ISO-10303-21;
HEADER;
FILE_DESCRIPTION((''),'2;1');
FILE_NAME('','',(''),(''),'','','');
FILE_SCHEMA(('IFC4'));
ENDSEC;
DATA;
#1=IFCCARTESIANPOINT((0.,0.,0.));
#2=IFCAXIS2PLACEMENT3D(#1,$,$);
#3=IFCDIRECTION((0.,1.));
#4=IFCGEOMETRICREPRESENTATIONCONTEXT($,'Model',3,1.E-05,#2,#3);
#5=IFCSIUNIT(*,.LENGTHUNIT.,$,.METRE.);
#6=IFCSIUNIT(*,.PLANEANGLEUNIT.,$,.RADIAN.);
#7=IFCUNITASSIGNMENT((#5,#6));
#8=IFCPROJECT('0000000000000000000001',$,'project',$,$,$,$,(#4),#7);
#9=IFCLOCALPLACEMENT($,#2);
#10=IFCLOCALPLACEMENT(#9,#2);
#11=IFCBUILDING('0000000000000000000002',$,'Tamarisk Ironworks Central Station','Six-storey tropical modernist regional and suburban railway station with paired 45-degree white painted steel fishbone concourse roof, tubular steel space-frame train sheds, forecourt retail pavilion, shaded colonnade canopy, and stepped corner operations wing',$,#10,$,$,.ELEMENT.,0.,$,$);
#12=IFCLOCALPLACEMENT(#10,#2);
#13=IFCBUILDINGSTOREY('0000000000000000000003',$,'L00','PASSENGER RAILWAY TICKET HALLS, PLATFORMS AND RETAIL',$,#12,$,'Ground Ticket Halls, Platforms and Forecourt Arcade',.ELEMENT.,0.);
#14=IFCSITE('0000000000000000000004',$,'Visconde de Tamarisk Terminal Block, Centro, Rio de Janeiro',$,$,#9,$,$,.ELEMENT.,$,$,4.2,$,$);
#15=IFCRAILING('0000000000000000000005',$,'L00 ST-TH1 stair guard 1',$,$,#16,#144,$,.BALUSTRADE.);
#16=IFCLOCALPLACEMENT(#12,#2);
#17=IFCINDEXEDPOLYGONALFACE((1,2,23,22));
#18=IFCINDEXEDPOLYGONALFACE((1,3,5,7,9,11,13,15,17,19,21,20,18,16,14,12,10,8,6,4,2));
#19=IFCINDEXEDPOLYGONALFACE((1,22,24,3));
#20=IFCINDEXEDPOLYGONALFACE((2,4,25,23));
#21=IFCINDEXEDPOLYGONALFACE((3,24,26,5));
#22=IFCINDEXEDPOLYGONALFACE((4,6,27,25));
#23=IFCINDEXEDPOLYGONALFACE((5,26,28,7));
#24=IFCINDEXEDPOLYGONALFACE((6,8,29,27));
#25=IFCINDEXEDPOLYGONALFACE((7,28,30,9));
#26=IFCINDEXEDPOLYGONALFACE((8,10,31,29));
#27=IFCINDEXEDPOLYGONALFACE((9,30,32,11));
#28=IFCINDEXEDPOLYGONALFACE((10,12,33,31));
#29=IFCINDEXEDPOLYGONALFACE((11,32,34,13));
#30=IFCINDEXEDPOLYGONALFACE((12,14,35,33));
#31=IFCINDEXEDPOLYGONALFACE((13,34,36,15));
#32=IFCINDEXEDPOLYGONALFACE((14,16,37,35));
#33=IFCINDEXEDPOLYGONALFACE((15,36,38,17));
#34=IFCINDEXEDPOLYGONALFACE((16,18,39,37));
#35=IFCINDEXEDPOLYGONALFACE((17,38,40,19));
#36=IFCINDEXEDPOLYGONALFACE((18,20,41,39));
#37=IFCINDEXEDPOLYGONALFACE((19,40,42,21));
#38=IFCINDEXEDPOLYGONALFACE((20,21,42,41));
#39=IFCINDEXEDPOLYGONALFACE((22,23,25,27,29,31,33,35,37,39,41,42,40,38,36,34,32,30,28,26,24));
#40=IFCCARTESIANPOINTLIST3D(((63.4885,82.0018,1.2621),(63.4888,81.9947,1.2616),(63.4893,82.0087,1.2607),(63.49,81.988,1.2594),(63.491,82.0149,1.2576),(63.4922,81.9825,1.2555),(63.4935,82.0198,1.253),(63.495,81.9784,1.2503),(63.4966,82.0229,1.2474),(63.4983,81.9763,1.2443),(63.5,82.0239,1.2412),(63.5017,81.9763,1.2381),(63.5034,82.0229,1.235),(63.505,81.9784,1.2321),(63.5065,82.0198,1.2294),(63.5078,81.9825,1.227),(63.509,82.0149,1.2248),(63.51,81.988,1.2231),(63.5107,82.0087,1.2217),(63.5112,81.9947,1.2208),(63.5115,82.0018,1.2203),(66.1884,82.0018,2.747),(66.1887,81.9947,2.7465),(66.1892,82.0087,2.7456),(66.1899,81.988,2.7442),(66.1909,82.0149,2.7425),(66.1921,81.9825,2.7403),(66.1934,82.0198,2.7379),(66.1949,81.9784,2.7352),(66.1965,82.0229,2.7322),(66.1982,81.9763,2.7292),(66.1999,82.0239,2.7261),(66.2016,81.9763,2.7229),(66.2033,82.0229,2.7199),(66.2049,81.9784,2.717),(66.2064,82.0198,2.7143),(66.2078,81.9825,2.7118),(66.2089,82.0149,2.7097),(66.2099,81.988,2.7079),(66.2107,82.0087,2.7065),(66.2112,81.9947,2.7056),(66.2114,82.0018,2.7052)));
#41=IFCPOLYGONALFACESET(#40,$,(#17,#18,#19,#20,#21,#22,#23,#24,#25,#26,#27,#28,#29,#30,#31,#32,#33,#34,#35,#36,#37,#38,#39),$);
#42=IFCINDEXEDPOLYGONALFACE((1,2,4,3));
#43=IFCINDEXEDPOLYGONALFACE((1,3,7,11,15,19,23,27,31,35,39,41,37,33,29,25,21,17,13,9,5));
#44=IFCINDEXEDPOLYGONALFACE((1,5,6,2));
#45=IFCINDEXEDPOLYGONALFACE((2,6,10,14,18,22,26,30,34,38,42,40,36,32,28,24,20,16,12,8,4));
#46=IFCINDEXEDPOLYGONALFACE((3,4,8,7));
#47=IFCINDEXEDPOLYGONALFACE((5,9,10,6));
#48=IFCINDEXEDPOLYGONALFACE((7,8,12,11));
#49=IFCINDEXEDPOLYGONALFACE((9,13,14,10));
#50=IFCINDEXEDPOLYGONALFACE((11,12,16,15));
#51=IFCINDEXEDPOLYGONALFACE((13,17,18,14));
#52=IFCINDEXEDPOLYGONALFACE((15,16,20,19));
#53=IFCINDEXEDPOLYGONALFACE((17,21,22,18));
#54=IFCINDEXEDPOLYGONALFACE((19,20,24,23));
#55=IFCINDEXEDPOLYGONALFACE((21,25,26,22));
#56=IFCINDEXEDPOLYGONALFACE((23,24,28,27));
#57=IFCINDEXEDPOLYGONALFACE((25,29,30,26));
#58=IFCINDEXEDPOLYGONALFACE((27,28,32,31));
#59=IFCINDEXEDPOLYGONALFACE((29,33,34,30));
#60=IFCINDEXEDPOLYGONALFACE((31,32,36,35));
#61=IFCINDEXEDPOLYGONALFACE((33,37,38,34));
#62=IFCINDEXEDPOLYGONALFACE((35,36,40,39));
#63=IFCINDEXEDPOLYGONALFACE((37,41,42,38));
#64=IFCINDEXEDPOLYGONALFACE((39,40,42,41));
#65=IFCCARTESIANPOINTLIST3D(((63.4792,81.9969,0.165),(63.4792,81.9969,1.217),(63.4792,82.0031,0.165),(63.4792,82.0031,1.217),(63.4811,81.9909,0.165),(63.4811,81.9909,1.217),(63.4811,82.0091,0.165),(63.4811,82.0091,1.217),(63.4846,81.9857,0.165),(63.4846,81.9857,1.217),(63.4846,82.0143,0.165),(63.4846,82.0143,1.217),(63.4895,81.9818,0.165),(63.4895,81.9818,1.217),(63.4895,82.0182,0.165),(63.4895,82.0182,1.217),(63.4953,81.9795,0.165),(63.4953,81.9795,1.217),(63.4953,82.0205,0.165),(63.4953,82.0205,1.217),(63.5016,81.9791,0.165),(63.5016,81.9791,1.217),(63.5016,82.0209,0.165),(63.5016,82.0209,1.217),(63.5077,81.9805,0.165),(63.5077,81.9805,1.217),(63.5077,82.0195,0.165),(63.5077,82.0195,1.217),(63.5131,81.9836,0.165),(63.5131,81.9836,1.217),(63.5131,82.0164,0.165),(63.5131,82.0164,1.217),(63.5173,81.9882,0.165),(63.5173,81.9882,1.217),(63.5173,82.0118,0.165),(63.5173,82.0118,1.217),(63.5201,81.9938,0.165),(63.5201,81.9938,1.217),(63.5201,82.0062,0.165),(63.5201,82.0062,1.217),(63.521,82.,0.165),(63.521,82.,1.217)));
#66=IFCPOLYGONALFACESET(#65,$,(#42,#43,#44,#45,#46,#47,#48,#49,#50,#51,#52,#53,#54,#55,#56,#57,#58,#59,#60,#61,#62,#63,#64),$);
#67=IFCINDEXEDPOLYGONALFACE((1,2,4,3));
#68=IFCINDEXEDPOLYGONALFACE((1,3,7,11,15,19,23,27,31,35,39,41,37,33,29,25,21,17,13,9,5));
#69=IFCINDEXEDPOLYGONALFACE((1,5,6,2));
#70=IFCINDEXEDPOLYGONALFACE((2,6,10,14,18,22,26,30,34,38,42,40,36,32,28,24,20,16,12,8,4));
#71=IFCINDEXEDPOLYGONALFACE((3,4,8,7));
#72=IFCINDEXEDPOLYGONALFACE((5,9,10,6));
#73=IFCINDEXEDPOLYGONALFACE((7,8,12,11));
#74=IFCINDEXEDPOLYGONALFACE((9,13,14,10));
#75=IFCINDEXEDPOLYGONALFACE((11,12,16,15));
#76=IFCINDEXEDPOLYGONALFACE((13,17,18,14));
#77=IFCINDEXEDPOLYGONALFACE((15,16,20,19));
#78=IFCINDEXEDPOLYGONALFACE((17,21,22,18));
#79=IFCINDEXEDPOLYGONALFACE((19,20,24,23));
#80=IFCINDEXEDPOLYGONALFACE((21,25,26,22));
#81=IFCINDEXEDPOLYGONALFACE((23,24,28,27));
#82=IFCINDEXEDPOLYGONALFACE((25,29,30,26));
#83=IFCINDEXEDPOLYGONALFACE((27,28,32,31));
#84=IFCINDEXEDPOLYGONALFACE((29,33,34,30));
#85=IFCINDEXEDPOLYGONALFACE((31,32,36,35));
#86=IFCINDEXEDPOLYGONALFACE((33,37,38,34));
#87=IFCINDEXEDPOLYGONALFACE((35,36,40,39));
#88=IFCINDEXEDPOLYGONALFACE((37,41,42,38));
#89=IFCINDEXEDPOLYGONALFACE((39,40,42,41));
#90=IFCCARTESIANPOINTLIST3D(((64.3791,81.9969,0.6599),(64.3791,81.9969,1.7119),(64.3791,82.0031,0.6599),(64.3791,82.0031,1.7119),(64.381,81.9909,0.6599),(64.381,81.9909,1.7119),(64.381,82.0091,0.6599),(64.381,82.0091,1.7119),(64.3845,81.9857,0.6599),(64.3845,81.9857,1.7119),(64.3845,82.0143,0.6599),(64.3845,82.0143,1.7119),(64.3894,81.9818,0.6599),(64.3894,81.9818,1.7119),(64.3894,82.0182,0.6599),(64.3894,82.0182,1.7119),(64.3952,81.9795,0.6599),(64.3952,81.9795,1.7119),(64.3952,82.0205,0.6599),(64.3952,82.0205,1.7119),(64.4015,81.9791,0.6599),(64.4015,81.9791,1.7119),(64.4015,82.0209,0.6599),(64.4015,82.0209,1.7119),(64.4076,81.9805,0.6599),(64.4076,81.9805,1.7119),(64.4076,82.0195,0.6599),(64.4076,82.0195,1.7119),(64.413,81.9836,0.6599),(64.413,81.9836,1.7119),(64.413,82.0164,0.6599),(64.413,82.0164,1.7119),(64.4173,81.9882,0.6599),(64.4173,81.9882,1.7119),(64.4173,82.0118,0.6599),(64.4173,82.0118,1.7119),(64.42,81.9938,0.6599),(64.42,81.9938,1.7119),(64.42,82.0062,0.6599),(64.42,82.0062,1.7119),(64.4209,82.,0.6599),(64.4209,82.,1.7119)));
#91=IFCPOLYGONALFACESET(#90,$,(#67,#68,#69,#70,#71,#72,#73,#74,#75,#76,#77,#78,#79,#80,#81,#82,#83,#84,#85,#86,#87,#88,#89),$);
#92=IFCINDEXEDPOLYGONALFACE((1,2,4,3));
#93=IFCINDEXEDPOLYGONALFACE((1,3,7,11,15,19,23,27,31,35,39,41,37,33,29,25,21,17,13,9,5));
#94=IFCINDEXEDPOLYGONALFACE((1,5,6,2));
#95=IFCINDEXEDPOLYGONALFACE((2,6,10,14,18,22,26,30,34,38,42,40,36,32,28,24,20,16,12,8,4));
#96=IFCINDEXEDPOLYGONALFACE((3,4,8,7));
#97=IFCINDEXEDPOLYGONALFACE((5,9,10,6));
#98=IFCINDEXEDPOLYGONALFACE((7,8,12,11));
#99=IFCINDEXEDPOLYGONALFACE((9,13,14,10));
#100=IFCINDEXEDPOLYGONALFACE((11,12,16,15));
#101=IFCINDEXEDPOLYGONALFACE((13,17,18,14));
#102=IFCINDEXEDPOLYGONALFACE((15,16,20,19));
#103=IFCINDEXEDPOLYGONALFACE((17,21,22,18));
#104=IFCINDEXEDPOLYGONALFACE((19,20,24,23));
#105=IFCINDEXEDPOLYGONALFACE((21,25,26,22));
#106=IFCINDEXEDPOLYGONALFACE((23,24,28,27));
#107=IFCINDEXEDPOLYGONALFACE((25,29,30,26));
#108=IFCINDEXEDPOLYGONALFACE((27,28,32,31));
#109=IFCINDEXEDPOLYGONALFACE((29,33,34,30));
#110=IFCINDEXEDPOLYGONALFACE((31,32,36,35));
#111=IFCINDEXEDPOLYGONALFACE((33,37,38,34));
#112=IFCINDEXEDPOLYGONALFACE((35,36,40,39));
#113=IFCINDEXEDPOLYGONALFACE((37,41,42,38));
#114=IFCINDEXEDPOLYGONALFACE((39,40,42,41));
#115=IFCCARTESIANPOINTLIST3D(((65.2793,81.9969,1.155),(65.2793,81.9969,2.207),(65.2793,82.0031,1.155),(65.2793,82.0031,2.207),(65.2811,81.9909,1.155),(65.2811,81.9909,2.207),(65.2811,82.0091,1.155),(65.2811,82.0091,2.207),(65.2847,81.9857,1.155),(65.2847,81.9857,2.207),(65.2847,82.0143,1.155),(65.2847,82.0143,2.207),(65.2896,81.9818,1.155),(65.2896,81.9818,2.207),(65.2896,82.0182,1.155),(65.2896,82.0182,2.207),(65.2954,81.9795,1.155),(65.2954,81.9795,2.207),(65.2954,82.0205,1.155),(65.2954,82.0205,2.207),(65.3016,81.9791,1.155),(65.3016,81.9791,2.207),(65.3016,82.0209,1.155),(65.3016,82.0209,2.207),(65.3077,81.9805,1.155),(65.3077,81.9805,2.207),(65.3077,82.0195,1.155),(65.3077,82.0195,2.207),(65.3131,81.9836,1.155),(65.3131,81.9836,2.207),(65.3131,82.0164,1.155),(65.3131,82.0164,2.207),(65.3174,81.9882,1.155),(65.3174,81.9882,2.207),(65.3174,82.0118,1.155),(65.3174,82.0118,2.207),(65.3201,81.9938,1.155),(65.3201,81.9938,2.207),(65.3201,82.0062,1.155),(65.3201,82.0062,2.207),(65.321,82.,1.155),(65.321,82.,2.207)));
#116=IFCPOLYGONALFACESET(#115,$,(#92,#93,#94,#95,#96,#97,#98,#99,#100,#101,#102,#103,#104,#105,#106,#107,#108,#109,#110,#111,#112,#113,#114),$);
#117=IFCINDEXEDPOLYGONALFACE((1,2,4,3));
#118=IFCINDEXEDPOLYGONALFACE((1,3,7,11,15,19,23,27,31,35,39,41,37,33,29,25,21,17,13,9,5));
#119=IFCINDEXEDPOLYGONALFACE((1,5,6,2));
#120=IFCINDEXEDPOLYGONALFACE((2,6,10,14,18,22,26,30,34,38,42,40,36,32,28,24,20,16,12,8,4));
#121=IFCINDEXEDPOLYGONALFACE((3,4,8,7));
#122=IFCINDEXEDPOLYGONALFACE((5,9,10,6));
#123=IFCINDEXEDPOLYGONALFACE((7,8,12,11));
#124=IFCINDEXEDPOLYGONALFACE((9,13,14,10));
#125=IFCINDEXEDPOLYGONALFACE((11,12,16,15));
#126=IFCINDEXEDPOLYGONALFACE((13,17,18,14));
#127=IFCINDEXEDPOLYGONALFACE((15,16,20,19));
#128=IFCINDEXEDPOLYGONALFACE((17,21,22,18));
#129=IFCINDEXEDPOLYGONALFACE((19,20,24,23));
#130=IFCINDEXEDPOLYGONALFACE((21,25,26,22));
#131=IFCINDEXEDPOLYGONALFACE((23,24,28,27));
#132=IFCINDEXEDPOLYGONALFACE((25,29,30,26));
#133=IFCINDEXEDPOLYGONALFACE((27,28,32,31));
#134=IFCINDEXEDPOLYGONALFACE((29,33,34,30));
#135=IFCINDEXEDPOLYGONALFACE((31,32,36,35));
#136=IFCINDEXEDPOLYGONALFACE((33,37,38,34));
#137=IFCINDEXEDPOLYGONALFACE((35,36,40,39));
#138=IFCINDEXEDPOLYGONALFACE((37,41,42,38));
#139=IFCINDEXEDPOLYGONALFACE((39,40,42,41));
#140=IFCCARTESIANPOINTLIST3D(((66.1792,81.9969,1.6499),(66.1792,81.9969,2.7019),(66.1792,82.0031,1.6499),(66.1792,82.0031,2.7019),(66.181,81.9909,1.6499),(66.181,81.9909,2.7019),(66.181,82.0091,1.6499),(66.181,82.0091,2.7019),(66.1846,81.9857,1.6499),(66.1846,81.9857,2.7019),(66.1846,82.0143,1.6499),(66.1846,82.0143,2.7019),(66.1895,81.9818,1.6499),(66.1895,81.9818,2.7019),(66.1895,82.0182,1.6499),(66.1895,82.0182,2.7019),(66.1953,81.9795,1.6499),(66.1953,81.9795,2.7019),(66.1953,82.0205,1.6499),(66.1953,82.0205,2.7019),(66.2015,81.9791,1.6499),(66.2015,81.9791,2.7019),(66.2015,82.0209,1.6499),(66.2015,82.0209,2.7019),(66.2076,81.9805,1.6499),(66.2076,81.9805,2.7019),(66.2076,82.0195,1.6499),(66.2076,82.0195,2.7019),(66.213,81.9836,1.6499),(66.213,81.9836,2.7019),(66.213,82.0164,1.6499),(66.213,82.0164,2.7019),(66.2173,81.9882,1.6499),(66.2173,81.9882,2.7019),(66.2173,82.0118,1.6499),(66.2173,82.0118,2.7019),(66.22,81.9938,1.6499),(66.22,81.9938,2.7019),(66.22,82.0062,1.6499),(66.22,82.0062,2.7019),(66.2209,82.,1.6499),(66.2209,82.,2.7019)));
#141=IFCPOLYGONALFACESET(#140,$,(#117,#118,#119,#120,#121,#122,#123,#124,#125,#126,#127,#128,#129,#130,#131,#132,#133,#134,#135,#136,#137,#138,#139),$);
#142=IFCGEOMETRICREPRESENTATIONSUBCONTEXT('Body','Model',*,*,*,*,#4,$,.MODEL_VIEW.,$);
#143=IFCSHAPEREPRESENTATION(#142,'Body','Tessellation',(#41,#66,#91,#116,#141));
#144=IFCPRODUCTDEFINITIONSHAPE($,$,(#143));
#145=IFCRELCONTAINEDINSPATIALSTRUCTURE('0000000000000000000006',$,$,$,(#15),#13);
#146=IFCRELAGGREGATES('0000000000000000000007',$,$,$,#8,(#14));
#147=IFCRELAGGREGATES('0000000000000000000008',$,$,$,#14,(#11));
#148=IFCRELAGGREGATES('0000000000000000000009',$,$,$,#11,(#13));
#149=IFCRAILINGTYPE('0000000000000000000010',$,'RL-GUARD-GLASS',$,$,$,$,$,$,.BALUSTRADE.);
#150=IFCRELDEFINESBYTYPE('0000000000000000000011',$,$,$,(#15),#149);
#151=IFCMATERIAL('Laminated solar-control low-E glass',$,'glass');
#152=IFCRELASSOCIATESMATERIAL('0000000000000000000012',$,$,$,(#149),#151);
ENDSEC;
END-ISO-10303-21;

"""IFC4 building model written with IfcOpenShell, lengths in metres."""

from ifc_helpers import new_model, si_unit, direction, frame, origin, origin_2d, place, context, subcontext, project, spatial, circle, extrude, material, type_object, element, save


model = new_model("IFC4")

# Units and contexts
model_context = context("Model", 3, precision=1e-05, world=origin(), true_north=direction((0.0, 1.0)))
body_context = subcontext(model_context, "Body", "Model", "MODEL_VIEW")
ifc_project = project(units=[si_unit("LENGTHUNIT", "METRE"), si_unit("PLANEANGLEUNIT", "RADIAN")], contexts=[model_context])

# Site, building, storey
site_placement = place(None, origin())
site = spatial("IfcSite", under=ifc_project, at=site_placement, Name="Visconde de Tamarisk Terminal Block, Centro, Rio de Janeiro", CompositionType="ELEMENT", RefElevation=4.2)
building_placement = place(site_placement, origin())
building = spatial("IfcBuilding", under=site, at=building_placement, Name="Tamarisk Ironworks Central Station", Description="Six-storey tropical modernist regional and suburban railway station with paired 45-degree white painted steel fishbone concourse roof, tubular steel space-frame train sheds, forecourt retail pavilion, shaded colonnade canopy, and stepped corner operations wing", CompositionType="ELEMENT", ElevationOfRefHeight=0.0)
storey_placement = place(building_placement, origin())
storey = spatial("IfcBuildingStorey", under=building, at=storey_placement, Name="L00", Description="PASSENGER RAILWAY TICKET HALLS, PLATFORMS AND RETAIL", LongName="Ground Ticket Halls, Platforms and Forecourt Arcade", CompositionType="ELEMENT", Elevation=0.0)

# Railing
ifc_material_1 = material(Name="Laminated solar-control low-E glass", Category="glass")
railing_type_1 = type_object("IfcRailingType", Name="RL-GUARD-GLASS", PredefinedType="BALUSTRADE", material=ifc_material_1)
railing_1_placement = place(storey_placement, frame((63.5, 82.0, 0.165)))
element("IfcRailing", 1, at=railing_1_placement, inside=storey, type_object=railing_type_1, Name="L00 ST-TH1 stair guard 1", PredefinedType="BALUSTRADE", context=body_context, shape_type="SweptSolid", body=[
    extrude(circle(Radius=0.0239, at=origin_2d()), frame((0.0, 0.0, 1.0762), z_axis=(0.876231, 0.0, 0.481891), x_axis=(0.0, 1.0, 0.0)), (0.0, 0.0, 1.0), 3.0813),
    extrude(circle(Radius=0.021, at=origin_2d()), origin(), (0.0, 0.0, 1.0), 1.052),
    extrude(circle(Radius=0.021, at=origin_2d()), frame((0.8999, 0.0, 0.4949)), (0.0, 0.0, 1.0), 1.052),
    extrude(circle(Radius=0.021, at=origin_2d()), frame((1.8, 0.0, 0.99)), (0.0, 0.0, 1.0), 1.052),
    extrude(circle(Radius=0.021, at=origin_2d()), frame((2.7, 0.0, 1.4849)), (0.0, 0.0, 1.0), 1.052),
])

save(model, "model.ifc")
